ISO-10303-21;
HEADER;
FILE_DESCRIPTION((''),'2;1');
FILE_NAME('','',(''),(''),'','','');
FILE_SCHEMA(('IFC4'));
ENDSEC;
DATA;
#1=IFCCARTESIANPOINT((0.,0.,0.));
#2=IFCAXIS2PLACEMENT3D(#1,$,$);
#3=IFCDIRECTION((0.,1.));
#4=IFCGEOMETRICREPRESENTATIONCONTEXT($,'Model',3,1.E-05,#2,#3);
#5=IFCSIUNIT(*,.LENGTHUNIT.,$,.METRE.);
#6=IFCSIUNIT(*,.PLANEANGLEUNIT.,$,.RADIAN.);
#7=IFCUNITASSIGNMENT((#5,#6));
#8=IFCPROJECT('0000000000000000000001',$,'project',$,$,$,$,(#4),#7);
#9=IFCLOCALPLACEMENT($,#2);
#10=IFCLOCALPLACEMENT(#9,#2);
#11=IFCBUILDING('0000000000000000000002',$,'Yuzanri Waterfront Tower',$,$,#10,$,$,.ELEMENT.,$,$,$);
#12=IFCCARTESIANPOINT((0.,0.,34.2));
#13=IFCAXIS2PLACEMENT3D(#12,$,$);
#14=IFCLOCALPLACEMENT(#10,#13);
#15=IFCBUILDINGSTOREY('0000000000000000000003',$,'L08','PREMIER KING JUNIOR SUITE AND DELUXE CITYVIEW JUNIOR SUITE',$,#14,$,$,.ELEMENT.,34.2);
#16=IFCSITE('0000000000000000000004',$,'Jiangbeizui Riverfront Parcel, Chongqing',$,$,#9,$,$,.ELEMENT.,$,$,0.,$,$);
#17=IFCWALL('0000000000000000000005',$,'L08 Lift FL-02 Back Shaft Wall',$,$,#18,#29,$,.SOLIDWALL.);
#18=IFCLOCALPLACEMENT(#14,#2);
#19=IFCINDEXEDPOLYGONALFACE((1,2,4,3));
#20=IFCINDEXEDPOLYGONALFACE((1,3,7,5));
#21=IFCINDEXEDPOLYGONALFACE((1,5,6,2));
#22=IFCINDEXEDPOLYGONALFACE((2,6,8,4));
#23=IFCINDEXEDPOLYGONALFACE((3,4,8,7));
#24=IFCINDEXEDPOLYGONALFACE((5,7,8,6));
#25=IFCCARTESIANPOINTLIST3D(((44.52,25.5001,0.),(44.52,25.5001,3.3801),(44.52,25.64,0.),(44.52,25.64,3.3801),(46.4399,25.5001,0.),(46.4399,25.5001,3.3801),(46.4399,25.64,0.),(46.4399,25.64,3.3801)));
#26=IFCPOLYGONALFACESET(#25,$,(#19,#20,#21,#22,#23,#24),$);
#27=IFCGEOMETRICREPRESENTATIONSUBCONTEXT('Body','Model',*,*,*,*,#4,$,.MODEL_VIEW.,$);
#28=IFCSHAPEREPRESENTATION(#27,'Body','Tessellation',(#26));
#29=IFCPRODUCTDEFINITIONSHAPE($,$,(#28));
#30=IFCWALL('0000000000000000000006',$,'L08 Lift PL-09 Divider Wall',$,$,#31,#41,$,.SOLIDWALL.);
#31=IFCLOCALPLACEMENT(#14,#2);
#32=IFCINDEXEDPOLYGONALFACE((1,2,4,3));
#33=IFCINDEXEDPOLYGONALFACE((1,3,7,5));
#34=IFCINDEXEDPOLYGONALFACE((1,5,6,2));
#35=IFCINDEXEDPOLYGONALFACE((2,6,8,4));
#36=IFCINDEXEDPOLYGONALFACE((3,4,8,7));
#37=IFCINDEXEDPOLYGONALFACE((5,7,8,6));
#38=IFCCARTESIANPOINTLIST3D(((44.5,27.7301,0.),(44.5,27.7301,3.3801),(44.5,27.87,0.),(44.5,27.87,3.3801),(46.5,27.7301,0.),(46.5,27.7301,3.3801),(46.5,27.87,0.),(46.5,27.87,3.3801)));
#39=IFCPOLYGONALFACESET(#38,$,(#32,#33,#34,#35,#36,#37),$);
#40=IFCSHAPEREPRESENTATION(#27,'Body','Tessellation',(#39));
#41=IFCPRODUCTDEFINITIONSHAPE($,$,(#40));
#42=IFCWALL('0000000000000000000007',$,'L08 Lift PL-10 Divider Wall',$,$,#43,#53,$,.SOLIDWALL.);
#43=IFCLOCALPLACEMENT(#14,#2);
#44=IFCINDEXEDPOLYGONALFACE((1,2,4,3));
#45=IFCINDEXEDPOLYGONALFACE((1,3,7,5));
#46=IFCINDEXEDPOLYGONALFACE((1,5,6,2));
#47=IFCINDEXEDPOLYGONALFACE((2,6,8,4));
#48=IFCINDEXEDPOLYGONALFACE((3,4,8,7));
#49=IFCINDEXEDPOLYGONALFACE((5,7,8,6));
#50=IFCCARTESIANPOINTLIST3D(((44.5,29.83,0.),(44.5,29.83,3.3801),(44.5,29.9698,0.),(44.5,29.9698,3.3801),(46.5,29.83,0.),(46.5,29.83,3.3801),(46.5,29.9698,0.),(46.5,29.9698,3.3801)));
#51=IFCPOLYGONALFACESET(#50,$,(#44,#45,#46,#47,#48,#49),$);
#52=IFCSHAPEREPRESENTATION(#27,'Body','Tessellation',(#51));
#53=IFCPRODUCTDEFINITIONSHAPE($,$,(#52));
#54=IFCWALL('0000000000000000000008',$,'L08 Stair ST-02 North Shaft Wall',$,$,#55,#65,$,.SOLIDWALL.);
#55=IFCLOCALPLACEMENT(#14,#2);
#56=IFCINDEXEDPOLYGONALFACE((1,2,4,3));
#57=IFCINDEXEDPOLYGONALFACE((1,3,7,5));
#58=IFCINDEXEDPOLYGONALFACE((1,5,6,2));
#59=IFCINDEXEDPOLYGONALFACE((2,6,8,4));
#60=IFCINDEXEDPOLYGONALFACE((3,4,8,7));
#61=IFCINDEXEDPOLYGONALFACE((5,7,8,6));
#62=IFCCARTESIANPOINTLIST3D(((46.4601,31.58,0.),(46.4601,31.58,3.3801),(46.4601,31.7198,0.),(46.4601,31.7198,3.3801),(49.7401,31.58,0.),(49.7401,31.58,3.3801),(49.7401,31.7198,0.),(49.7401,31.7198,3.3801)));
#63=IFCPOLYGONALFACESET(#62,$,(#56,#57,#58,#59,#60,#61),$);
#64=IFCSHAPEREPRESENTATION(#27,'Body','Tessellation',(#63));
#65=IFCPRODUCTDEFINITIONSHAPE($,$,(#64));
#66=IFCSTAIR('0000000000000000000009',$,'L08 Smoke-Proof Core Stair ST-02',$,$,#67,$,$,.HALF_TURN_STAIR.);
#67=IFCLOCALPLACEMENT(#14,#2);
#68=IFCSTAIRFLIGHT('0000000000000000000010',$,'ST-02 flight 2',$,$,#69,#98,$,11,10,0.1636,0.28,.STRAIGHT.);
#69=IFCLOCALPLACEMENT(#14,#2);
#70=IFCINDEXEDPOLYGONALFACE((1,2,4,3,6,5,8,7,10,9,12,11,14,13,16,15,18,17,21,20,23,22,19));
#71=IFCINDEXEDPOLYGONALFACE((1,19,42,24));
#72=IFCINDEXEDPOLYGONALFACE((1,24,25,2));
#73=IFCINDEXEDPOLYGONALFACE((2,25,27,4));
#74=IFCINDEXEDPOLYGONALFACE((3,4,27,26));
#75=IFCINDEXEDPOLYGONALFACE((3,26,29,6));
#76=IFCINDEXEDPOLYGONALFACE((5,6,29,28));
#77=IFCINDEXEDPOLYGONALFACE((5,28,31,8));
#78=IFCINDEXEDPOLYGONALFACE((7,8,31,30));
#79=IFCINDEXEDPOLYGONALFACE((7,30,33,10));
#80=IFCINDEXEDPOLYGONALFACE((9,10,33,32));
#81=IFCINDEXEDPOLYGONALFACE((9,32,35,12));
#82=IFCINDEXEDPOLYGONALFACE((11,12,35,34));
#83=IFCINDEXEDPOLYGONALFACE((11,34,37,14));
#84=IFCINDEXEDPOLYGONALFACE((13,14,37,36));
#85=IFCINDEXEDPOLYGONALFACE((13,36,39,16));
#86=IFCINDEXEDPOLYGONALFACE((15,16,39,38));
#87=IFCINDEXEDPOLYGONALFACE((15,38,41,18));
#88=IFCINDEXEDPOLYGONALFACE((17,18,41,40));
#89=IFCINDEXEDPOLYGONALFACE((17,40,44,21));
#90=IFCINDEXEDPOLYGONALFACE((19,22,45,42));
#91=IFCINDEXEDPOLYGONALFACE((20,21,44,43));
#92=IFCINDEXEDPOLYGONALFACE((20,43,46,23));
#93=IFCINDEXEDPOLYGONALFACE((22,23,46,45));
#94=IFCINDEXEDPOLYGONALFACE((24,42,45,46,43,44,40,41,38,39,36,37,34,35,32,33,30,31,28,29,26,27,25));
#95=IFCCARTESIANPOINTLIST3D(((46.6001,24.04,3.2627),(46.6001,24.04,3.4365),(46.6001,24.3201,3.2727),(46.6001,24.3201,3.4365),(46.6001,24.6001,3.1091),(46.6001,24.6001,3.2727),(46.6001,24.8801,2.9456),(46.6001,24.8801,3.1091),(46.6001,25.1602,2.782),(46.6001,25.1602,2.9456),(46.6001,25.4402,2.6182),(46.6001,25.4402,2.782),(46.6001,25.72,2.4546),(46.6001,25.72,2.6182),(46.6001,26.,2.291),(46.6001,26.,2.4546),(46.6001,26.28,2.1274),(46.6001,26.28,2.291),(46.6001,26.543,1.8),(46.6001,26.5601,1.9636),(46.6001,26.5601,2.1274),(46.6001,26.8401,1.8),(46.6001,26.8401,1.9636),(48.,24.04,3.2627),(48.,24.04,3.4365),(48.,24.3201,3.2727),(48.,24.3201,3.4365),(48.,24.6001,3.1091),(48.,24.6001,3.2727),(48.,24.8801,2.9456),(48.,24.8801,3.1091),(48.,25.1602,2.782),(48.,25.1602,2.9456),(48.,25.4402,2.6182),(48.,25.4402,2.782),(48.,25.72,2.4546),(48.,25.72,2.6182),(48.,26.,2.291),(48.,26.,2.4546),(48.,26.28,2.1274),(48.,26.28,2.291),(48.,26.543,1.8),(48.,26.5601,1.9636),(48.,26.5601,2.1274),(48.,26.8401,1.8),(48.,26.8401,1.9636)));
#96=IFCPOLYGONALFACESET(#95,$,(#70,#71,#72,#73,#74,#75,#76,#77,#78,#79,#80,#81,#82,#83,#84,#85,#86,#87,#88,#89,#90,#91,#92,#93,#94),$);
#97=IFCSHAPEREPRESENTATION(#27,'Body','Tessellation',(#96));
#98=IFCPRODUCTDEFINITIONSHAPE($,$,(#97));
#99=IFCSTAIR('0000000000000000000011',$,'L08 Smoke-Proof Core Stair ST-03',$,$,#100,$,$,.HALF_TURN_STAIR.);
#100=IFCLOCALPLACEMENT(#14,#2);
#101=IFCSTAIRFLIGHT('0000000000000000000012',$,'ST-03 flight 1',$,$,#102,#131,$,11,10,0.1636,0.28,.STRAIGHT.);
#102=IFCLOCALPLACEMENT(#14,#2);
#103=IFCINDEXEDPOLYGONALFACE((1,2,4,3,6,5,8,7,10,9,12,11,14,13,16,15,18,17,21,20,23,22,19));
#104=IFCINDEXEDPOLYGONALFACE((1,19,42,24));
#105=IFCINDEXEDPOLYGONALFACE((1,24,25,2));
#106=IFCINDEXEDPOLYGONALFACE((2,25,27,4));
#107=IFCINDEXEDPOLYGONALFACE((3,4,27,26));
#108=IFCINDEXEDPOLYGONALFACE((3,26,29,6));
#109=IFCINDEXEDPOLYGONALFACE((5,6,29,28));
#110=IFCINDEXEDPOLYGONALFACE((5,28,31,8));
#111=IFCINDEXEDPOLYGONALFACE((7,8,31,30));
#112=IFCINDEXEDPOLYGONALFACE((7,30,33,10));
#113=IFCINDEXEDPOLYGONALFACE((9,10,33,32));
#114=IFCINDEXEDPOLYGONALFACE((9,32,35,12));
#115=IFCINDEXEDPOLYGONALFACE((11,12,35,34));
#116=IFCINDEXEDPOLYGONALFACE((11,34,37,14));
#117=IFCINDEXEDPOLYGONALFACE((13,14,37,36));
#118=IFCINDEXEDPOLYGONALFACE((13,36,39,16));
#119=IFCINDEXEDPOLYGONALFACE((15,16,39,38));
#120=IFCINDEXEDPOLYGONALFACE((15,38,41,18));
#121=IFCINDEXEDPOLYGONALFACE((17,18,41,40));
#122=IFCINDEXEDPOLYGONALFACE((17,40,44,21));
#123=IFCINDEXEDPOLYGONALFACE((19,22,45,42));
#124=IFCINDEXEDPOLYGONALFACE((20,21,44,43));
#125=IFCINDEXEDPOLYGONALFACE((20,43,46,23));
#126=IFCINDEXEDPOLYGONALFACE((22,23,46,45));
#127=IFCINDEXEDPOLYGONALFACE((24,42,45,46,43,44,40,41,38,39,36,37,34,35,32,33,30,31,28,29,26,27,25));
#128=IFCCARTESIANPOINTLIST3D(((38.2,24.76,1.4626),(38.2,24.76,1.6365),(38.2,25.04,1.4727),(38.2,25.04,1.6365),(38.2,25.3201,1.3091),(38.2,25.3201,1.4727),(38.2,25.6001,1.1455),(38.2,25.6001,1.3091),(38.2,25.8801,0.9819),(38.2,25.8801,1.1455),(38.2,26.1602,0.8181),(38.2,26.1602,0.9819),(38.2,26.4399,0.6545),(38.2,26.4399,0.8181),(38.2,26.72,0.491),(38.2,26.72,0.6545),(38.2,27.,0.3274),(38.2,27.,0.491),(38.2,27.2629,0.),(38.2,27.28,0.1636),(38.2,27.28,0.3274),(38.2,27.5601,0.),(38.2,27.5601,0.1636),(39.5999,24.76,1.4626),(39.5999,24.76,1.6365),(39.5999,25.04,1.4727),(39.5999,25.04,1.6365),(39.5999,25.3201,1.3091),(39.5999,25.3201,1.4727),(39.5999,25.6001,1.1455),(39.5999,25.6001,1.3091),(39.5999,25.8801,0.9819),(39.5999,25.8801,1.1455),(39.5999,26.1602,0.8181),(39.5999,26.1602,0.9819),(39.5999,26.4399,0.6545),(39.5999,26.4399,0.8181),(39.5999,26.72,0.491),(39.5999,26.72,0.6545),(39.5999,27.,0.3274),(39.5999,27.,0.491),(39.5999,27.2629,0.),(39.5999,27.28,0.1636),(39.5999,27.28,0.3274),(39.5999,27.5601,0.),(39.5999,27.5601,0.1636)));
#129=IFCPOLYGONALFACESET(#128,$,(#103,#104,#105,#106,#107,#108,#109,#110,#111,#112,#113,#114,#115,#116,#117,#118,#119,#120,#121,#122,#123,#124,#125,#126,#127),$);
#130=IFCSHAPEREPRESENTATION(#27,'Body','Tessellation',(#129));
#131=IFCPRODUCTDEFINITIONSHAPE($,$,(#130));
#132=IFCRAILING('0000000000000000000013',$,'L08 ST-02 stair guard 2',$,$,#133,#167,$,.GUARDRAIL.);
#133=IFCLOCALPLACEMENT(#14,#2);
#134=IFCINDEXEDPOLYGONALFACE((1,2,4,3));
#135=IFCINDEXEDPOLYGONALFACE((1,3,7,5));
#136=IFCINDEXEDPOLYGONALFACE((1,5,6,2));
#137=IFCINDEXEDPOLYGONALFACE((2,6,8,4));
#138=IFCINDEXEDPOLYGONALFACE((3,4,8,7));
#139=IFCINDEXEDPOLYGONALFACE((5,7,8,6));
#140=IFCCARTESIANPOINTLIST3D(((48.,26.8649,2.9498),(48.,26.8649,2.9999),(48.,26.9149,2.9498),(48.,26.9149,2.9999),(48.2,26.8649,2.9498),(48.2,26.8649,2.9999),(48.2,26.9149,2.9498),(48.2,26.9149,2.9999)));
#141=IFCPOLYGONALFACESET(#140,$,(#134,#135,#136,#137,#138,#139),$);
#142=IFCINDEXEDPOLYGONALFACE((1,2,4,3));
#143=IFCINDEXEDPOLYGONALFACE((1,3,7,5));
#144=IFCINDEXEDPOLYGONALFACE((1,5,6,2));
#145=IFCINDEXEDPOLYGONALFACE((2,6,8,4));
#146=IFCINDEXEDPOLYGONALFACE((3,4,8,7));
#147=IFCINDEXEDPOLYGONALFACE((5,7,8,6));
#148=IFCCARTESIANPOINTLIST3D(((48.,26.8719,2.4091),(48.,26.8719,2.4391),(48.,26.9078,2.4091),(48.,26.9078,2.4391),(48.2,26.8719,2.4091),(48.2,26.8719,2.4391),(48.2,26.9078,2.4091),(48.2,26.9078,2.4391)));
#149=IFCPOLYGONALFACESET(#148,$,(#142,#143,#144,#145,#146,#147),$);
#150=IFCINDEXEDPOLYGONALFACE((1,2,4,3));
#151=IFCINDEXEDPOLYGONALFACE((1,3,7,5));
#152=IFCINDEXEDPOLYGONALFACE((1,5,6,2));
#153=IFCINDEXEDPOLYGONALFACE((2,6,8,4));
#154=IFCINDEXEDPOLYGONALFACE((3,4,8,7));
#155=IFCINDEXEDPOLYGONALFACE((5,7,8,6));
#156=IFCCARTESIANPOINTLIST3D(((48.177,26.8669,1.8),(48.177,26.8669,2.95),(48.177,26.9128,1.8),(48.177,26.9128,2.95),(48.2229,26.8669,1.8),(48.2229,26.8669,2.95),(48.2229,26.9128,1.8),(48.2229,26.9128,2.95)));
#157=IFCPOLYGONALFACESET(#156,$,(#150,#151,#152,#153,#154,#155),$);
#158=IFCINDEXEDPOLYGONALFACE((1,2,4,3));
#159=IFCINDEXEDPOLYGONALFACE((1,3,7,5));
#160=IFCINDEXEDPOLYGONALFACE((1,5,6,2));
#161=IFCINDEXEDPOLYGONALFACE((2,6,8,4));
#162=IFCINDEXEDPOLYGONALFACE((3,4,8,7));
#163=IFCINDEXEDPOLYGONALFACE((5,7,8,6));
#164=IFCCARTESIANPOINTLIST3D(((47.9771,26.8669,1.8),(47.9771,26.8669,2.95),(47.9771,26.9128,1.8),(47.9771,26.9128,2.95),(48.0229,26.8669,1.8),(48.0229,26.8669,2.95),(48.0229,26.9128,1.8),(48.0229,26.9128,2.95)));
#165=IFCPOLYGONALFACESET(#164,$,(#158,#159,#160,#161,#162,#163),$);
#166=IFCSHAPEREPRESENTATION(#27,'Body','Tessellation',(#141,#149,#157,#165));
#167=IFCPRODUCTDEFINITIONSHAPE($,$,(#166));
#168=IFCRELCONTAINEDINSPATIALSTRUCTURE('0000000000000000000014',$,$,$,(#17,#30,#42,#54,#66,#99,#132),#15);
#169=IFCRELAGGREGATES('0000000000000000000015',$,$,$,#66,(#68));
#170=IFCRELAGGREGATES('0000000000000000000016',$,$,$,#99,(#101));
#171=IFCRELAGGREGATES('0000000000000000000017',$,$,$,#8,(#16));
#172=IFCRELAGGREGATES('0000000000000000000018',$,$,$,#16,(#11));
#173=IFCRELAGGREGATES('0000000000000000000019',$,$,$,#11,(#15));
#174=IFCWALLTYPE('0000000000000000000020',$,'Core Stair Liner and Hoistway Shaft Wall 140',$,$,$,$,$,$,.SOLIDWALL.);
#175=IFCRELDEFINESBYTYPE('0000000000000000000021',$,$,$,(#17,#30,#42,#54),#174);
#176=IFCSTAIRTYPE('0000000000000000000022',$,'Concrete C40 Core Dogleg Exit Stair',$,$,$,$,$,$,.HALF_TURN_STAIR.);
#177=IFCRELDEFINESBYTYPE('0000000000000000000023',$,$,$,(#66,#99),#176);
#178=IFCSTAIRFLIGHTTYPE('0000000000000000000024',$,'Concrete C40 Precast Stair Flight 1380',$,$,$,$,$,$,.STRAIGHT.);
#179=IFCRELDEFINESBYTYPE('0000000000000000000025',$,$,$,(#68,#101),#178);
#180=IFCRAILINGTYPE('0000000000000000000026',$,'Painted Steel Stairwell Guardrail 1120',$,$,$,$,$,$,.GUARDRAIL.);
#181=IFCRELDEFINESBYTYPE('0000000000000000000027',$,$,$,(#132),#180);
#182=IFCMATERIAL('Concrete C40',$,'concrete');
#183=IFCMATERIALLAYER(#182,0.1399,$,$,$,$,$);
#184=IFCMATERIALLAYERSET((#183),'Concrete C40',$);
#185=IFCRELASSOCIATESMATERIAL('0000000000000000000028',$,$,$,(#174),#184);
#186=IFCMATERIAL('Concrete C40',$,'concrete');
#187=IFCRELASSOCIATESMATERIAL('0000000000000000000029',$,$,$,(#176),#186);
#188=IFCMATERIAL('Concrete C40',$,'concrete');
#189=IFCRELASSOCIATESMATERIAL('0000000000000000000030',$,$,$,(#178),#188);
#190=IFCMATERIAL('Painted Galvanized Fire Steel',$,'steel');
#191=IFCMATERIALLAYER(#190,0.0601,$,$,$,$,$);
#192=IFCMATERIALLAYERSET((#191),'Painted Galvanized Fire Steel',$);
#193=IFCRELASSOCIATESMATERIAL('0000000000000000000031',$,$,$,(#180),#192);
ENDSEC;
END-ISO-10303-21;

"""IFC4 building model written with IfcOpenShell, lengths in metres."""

from ifc_helpers import new_model, si_unit, direction, frame, frame_2d, origin, origin_2d, place, context, subcontext, project, spatial, polyline, rectangle, outline, extrude, source, transform, mapped, material, layer, layer_set, type_object, element, aggregate, save


model = new_model("IFC4")

# Units and contexts
model_context = context("Model", 3, precision=1e-05, world=origin(), true_north=direction((0.0, 1.0)))
body_context = subcontext(model_context, "Body", "Model", "MODEL_VIEW")
ifc_project = project(units=[si_unit("LENGTHUNIT", "METRE"), si_unit("PLANEANGLEUNIT", "RADIAN")], contexts=[model_context])

# Site, building, storey
site_placement = place(None, origin())
site = spatial("IfcSite", under=ifc_project, at=site_placement, Name="Jiangbeizui Riverfront Parcel, Chongqing", CompositionType="ELEMENT", RefElevation=0.0)
building_placement = place(site_placement, origin())
building = spatial("IfcBuilding", under=site, at=building_placement, Name="Yuzanri Waterfront Tower", CompositionType="ELEMENT")
storey_placement = place(building_placement, frame((0.0, 0.0, 34.2)))
storey = spatial("IfcBuildingStorey", under=building, at=storey_placement, Name="L08", Description="PREMIER KING JUNIOR SUITE AND DELUXE CITYVIEW JUNIOR SUITE", CompositionType="ELEMENT", Elevation=34.2)

# Shared definitions
ifc_material_1 = material(Name="Concrete C40", Category="concrete")
ifc_layer_1 = layer(ifc_material_1, 0.1399)
ifc_layer_set_1 = layer_set([ifc_layer_1], Name="Concrete C40")
wall_type = type_object("IfcWallType", Name="Core Stair Liner and Hoistway Shaft Wall 140", PredefinedType="SOLIDWALL", material=ifc_layer_set_1)

# Walls
shared_shape_1 = source(origin(), body_context, "Body", "SweptSolid", [
    extrude(rectangle(XDim=1.9199, YDim=0.1399, at=frame_2d((0.96, 0.0))), origin(), (0.0, 0.0, 1.0), 3.3801),
])
wall_1_placement = place(storey_placement, frame((44.52, 25.5701, 0.0), z_axis=(0.0, 0.0, 1.0), x_axis=(1.0, 0.0, 0.0)))
element("IfcWall", 1, at=wall_1_placement, inside=storey, type_object=wall_type, Name="L08 Lift FL-02 Back Shaft Wall", PredefinedType="SOLIDWALL", context=body_context, shape_type="MappedRepresentation", body=[
    mapped(shared_shape_1, transform((0.0, 0.0, 0.0), scale=1.0)),
])
shared_shape_2 = source(origin(), body_context, "Body", "SweptSolid", [
    extrude(rectangle(XDim=2.0, YDim=0.1399, at=frame_2d((1.0, 0.0))), origin(), (0.0, 0.0, 1.0), 3.3801),
])
for number, where, z_axis, x_axis, name in (
    (2, (44.5, 27.8, 0.0), (0.0, 0.0, 1.0), (1.0, 0.0, 0.0), "L08 Lift PL-09 Divider Wall"),
    (3, (44.5, 29.8999, 0.0), (0.0, 0.0, 1.0), (1.0, 0.0, 0.0), "L08 Lift PL-10 Divider Wall"),
):
    element("IfcWall", number, at=place(storey_placement, frame(where, z_axis=z_axis, x_axis=x_axis)), inside=storey, type_object=wall_type, Name=name, PredefinedType="SOLIDWALL", context=body_context, shape_type="MappedRepresentation", body=[
        mapped(shared_shape_2, transform((0.0, 0.0, 0.0), scale=1.0)),
    ])
shared_shape_3 = source(origin(), body_context, "Body", "SweptSolid", [
    extrude(rectangle(XDim=3.28, YDim=0.1399, at=frame_2d((1.6401, 0.0))), origin(), (0.0, 0.0, 1.0), 3.3801),
])
wall_2_placement = place(storey_placement, frame((46.46, 31.6499, 0.0), z_axis=(0.0, 0.0, 1.0), x_axis=(1.0, 0.0, 0.0)))
element("IfcWall", 4, at=wall_2_placement, inside=storey, type_object=wall_type, Name="L08 Stair ST-02 North Shaft Wall", PredefinedType="SOLIDWALL", context=body_context, shape_type="MappedRepresentation", body=[
    mapped(shared_shape_3, transform((0.0, 0.0, 0.0), scale=1.0)),
])

# Stairs, stair flights
ifc_material_2 = material(Name="Concrete C40", Category="concrete")
stair_type = type_object("IfcStairType", Name="Concrete C40 Core Dogleg Exit Stair", PredefinedType="HALF_TURN_STAIR", material=ifc_material_2)
stair_1_placement = place(storey_placement, origin())
stair_1 = element("IfcStair", 5, at=stair_1_placement, inside=storey, type_object=stair_type, Name="L08 Smoke-Proof Core Stair ST-02", PredefinedType="HALF_TURN_STAIR")
ifc_material_3 = material(Name="Concrete C40", Category="concrete")
stair_flight_type = type_object("IfcStairFlightType", Name="Concrete C40 Precast Stair Flight 1380", PredefinedType="STRAIGHT", material=ifc_material_3)
shared_shape_4 = source(origin(), body_context, "Body", "SweptSolid", [
    extrude(outline(polyline([(0.0, 0.0), (0.0, 0.1636), (0.28, 0.1636), (0.28, 0.3274), (0.5601, 0.3274), (0.5601, 0.491), (0.8401, 0.491), (0.8401, 0.6545), (1.1201, 0.6545), (1.1201, 0.8181), (1.3999, 0.8181), (1.3999, 0.9819), (1.6799, 0.9819), (1.6799, 1.1455), (1.96, 1.1455), (1.96, 1.3091), (2.24, 1.3091), (2.24, 1.4727), (2.52, 1.4727), (2.52, 1.6365), (2.8, 1.6365), (2.8, 1.8), (2.8, 1.4626), (0.2971, 0.0), (0.0, 0.0)])), frame((0.0, 0.7, 0.0), z_axis=(0.0, -1.0, 0.0), x_axis=(1.0, 0.0, 0.0)), (0.0, 0.0, 1.0), 1.3999),
])
stair_flight_1_placement = place(storey_placement, frame((47.3, 26.8401, 1.8), z_axis=(0.0, 0.0, 1.0), x_axis=(0.0, -1.0, 0.0)))
stair_flight_1 = element("IfcStairFlight", 6, at=stair_flight_1_placement, type_object=stair_flight_type, Name="ST-02 flight 2", NumberOfRisers=11, NumberOfTreads=10, PredefinedType="STRAIGHT", RiserHeight=0.1636, TreadLength=0.28, context=body_context, shape_type="MappedRepresentation", body=[
    mapped(shared_shape_4, transform((0.0, 0.0, 0.0), scale=1.0)),
])
aggregate(stair_1, [stair_flight_1])
stair_2_placement = place(storey_placement, origin())
stair_2 = element("IfcStair", 7, at=stair_2_placement, inside=storey, type_object=stair_type, Name="L08 Smoke-Proof Core Stair ST-03", PredefinedType="HALF_TURN_STAIR")
stair_flight_2_placement = place(storey_placement, frame((38.8999, 27.5601, 0.0), z_axis=(0.0, 0.0, 1.0), x_axis=(0.0, -1.0, 0.0)))
stair_flight_2 = element("IfcStairFlight", 8, at=stair_flight_2_placement, type_object=stair_flight_type, Name="ST-03 flight 1", NumberOfRisers=11, NumberOfTreads=10, PredefinedType="STRAIGHT", RiserHeight=0.1636, TreadLength=0.28, context=body_context, shape_type="MappedRepresentation", body=[
    mapped(shared_shape_4, transform((0.0, 0.0, 0.0), scale=1.0)),
])
aggregate(stair_2, [stair_flight_2])

# Railing
ifc_material_4 = material(Name="Painted Galvanized Fire Steel", Category="steel")
ifc_layer_2 = layer(ifc_material_4, 0.0601)
ifc_layer_set_2 = layer_set([ifc_layer_2], Name="Painted Galvanized Fire Steel")
railing_type_1 = type_object("IfcRailingType", Name="Painted Steel Stairwell Guardrail 1120", PredefinedType="GUARDRAIL", material=ifc_layer_set_2)
shared_shape_5 = source(origin(), body_context, "Body", "SweptSolid", [
    extrude(rectangle(XDim=0.05, YDim=0.05, at=origin_2d()), frame((0.0, 0.0, 1.1748), z_axis=(-1.0, 0.0, 0.0), x_axis=(0.0, -1.0, 0.0)), (0.0, 0.0, 1.0), 0.2),
    extrude(rectangle(XDim=0.0359, YDim=0.03, at=origin_2d()), frame((0.0, 0.0, 0.624), z_axis=(-1.0, 0.0, 0.0), x_axis=(0.0, -1.0, 0.0)), (0.0, 0.0, 1.0), 0.2),
    extrude(rectangle(XDim=0.0459, YDim=0.0459, at=origin_2d()), origin(), (0.0, 0.0, 1.0), 1.1499),
    extrude(rectangle(XDim=0.0459, YDim=0.0459, at=origin_2d()), frame((-0.2, 0.0, 0.0)), (0.0, 0.0, 1.0), 1.1499),
])
railing_1_placement = place(storey_placement, frame((48.2, 26.8899, 1.8)))
element("IfcRailing", 9, at=railing_1_placement, inside=storey, type_object=railing_type_1, Name="L08 ST-02 stair guard 2", PredefinedType="GUARDRAIL", context=body_context, shape_type="MappedRepresentation", body=[
    mapped(shared_shape_5, transform((0.0, 0.0, 0.0), scale=1.0)),
])

save(model, "model.ifc")
